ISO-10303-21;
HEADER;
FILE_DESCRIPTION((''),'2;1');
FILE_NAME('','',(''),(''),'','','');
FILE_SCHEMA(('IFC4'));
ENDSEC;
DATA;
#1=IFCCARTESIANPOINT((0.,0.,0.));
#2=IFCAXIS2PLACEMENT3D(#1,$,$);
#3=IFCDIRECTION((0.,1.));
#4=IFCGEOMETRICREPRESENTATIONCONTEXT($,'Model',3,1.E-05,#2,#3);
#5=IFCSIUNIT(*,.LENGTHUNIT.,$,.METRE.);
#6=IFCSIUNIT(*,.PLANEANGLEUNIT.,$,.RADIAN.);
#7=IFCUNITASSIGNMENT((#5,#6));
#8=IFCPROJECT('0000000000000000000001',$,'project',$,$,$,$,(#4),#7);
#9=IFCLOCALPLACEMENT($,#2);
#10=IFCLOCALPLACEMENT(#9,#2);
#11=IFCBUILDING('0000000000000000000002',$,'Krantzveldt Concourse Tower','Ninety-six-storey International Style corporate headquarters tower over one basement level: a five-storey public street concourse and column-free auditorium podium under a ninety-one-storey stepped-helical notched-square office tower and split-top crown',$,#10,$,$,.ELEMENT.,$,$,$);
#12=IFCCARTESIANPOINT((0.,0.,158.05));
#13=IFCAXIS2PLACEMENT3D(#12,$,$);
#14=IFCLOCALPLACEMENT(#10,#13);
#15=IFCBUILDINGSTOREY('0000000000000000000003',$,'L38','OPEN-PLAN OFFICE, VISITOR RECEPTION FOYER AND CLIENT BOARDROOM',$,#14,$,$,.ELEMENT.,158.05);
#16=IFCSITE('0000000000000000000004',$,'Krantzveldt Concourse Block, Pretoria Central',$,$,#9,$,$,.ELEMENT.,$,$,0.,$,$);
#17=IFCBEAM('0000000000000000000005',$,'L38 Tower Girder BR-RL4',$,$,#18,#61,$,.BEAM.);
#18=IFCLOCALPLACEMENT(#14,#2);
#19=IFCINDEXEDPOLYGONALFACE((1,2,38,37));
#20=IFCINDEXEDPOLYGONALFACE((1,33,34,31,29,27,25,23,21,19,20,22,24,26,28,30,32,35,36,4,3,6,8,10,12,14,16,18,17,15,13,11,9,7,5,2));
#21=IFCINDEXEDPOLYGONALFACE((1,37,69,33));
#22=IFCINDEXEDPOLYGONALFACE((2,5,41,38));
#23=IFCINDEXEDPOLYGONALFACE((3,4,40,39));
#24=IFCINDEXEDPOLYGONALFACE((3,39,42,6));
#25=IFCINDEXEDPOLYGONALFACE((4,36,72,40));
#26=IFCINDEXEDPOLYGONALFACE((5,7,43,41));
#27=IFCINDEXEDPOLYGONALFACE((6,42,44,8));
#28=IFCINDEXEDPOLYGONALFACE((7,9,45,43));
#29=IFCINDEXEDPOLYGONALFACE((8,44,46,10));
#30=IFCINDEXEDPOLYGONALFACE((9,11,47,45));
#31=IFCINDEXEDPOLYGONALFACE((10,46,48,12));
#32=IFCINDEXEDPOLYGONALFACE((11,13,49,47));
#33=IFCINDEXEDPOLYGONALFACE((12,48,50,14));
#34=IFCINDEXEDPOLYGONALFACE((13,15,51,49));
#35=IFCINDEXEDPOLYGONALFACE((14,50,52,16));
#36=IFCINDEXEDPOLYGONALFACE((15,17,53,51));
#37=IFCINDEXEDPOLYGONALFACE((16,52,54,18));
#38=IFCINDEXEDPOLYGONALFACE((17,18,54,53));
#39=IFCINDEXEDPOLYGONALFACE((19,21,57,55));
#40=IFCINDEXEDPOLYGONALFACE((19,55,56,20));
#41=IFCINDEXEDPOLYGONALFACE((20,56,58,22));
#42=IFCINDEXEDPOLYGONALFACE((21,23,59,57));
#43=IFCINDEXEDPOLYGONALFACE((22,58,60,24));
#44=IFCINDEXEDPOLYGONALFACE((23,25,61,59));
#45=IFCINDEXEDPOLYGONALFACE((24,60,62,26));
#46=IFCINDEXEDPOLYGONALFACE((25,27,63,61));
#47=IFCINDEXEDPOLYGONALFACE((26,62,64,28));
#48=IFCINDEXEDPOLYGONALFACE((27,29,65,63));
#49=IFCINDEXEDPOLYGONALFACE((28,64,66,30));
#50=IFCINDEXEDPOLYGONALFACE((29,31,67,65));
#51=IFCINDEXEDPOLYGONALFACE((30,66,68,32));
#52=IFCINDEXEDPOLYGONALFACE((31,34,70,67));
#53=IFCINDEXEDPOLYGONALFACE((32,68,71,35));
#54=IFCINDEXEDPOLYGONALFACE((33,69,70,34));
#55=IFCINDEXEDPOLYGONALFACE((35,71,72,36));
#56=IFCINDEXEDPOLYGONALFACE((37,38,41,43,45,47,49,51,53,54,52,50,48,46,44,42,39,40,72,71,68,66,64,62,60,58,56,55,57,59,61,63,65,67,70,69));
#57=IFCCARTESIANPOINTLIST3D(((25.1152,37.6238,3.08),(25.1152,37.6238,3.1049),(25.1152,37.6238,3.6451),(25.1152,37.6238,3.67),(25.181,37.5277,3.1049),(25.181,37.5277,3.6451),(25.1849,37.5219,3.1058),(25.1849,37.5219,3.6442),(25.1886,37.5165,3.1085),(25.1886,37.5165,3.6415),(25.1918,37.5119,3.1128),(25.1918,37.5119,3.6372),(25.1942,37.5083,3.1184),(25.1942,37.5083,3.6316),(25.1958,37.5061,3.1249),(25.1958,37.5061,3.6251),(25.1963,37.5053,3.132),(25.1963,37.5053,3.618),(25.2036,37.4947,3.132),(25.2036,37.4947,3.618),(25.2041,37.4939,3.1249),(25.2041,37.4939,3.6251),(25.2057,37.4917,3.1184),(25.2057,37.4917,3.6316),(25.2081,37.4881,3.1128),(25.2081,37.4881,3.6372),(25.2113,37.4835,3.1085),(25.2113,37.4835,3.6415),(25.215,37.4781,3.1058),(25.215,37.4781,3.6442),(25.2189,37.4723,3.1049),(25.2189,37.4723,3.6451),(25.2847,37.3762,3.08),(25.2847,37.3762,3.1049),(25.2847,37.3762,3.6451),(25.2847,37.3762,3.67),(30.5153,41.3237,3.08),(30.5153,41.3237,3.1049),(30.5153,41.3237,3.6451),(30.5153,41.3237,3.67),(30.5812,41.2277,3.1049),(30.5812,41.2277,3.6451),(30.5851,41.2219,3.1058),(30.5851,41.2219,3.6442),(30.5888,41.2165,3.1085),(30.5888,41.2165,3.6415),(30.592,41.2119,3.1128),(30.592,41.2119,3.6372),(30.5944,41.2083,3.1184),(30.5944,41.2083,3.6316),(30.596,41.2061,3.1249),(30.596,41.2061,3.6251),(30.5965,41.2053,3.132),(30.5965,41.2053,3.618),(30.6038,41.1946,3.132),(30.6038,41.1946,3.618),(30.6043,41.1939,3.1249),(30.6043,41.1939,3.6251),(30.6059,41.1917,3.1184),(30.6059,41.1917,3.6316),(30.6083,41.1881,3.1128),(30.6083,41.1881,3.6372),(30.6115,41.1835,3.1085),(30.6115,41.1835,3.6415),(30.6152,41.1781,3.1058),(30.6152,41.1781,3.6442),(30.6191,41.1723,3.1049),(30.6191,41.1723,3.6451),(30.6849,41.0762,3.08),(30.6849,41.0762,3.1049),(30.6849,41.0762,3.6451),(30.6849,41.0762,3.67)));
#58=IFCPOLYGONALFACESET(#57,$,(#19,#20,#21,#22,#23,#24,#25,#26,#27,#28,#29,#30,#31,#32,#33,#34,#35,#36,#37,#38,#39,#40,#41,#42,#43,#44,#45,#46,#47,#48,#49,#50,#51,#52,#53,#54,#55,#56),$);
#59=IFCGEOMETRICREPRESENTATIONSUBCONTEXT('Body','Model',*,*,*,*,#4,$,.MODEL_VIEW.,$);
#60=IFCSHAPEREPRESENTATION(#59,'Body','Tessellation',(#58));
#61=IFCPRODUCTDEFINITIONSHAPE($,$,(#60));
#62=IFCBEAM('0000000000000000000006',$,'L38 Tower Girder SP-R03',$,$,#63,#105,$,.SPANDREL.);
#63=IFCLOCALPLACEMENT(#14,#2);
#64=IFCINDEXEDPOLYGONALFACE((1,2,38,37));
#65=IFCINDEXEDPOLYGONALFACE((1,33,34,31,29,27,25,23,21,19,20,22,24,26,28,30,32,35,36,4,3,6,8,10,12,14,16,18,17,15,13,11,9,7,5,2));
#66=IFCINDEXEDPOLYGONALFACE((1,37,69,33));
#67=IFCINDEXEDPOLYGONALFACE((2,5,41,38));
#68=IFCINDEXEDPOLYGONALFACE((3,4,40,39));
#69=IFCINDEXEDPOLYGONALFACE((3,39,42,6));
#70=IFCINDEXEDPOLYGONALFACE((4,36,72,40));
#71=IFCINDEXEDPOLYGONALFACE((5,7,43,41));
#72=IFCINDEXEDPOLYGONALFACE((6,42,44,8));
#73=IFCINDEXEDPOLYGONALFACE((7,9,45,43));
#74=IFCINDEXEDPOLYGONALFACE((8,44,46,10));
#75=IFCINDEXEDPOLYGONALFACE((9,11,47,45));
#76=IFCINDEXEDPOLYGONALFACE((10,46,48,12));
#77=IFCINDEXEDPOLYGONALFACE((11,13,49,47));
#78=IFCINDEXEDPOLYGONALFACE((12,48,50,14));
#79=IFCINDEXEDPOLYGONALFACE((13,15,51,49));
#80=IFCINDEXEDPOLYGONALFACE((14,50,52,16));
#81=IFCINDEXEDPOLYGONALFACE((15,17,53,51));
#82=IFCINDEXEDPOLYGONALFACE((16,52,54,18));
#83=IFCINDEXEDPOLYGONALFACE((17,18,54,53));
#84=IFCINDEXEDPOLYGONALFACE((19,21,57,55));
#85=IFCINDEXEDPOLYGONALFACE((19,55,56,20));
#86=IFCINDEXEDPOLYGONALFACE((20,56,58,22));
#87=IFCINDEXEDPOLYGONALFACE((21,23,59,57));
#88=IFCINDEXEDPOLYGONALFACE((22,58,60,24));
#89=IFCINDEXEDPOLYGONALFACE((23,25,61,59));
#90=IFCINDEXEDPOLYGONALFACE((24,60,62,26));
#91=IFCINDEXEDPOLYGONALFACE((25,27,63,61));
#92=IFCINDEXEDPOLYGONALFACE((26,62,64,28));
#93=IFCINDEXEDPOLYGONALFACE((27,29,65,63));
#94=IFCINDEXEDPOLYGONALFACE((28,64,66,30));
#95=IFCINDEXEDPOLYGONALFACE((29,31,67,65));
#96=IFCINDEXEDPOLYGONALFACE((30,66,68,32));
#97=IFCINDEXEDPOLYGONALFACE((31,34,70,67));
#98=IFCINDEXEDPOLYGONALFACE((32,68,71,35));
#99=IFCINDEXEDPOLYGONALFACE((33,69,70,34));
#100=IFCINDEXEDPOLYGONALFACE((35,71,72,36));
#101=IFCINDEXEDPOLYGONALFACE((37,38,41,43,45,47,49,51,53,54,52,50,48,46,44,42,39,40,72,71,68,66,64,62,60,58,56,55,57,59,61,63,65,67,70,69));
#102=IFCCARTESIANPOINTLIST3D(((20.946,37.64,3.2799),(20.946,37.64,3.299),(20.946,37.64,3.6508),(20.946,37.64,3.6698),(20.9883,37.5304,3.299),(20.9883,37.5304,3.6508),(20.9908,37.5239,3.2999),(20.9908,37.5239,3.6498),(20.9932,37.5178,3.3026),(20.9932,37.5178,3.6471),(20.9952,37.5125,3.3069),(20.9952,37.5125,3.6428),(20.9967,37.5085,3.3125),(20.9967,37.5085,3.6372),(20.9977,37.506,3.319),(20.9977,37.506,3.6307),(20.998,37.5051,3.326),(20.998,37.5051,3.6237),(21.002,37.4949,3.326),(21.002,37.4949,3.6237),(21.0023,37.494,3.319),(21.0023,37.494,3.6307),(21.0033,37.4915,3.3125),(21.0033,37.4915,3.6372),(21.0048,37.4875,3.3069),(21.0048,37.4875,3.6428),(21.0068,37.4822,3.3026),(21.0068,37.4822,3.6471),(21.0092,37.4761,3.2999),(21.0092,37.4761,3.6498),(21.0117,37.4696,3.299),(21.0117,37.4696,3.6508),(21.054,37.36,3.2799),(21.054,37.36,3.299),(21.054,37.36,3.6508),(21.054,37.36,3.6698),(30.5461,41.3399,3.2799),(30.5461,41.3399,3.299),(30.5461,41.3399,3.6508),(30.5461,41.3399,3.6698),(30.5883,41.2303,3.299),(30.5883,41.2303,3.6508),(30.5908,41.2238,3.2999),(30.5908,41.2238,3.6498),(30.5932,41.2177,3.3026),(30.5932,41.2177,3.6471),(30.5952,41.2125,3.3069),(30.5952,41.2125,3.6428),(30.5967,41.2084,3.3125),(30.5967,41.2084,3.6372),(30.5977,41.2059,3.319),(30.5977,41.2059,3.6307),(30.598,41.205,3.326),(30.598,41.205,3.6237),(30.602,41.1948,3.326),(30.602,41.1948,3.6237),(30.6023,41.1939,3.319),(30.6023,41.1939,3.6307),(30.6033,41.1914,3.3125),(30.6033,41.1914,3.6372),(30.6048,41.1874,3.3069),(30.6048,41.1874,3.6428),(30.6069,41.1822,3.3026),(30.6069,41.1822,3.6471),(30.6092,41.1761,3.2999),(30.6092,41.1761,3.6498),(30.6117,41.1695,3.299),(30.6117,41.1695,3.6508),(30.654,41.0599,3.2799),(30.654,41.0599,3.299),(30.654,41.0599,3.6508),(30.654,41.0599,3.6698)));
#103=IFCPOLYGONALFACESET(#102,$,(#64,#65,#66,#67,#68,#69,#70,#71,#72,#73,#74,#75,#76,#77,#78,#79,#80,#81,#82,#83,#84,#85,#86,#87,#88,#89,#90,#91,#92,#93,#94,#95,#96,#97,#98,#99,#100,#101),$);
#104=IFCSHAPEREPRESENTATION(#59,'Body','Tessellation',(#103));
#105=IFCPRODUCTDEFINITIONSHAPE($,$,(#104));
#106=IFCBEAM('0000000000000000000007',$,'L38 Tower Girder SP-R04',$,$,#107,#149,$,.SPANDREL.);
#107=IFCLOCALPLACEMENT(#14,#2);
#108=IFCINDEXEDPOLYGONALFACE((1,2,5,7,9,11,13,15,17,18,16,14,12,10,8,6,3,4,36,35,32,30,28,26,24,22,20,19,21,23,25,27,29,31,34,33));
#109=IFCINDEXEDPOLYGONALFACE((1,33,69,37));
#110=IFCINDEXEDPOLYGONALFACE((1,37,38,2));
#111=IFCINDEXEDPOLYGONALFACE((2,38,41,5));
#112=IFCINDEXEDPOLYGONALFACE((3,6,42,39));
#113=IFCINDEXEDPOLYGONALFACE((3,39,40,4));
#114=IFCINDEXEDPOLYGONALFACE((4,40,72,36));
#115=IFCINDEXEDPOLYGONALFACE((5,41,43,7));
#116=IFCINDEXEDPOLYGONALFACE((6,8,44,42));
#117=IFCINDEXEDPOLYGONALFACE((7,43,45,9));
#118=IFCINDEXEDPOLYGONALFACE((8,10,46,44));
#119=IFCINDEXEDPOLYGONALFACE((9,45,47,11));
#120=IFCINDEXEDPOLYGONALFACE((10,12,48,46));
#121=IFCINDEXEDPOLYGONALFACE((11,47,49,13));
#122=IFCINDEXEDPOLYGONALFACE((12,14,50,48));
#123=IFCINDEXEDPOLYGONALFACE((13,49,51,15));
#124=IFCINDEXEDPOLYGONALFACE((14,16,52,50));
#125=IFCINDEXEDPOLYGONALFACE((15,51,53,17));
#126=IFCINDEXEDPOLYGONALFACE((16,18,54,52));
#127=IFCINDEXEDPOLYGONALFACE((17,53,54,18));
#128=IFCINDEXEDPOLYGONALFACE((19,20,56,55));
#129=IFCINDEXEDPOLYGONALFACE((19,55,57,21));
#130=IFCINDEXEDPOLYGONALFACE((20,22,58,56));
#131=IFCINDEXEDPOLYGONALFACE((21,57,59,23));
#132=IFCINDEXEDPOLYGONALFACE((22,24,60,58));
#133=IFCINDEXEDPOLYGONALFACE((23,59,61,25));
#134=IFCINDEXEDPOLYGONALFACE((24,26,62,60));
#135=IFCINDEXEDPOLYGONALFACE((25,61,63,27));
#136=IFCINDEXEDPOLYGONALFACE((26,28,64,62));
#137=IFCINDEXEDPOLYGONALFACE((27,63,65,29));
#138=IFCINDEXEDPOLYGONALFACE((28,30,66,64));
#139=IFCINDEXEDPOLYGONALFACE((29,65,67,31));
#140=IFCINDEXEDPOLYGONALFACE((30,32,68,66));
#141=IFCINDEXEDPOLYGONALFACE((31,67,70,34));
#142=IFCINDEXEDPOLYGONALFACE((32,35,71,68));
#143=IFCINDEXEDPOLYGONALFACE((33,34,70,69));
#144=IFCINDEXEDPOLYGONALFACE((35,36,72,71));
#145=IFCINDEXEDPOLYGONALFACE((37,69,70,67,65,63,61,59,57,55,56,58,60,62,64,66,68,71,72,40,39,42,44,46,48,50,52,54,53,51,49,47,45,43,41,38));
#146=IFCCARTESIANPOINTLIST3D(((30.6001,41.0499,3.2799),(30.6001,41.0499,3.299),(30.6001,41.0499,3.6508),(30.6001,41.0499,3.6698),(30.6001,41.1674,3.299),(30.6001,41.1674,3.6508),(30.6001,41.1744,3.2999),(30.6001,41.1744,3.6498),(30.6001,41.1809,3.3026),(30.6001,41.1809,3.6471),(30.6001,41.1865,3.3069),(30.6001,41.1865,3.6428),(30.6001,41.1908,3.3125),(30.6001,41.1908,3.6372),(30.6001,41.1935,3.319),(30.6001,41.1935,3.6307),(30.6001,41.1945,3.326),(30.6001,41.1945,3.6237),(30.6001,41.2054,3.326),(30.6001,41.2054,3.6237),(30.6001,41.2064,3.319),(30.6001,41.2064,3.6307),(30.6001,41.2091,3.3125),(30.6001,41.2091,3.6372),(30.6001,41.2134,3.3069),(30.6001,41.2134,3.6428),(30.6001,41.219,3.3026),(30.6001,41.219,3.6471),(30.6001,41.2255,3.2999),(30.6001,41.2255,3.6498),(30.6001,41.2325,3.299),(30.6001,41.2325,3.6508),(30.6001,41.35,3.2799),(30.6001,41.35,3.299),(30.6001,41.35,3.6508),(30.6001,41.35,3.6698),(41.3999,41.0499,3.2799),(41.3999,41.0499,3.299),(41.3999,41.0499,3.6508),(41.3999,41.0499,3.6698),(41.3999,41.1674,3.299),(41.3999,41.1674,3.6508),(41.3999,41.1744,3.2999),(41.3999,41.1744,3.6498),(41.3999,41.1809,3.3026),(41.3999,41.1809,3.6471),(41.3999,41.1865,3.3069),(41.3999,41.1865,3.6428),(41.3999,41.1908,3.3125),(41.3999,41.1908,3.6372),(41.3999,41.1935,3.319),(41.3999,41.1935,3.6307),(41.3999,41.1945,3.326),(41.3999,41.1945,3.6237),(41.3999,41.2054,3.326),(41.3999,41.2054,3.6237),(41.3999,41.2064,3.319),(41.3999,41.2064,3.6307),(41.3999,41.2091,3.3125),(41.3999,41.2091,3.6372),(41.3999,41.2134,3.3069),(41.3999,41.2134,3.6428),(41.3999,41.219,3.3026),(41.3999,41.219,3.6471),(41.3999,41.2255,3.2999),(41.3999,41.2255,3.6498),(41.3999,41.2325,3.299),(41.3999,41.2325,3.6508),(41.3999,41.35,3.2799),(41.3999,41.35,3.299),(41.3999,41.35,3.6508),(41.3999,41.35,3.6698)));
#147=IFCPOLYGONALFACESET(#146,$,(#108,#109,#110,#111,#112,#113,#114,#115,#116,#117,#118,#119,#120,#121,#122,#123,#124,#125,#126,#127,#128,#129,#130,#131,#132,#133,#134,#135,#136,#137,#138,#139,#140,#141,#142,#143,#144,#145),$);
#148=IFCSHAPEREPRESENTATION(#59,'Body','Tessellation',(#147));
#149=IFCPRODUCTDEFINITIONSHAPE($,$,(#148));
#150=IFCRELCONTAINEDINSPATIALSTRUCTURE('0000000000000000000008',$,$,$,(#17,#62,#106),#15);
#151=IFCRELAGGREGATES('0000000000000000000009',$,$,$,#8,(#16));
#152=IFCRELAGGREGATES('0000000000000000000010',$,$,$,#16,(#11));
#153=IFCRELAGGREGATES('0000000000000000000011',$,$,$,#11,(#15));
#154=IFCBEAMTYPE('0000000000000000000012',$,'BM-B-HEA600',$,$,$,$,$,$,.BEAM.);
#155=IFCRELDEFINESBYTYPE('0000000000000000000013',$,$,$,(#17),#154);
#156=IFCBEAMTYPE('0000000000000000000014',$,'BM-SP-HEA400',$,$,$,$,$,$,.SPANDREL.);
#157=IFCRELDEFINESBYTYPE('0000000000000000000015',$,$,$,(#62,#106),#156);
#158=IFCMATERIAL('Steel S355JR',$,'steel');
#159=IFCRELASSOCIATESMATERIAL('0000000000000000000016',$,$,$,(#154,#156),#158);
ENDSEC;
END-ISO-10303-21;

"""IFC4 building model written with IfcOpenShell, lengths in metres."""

from ifc_helpers import new_model, si_unit, direction, frame, origin, origin_2d, place, context, subcontext, project, spatial, i_section, extrude, source, transform, mapped, material, material_profile, profile_set, type_object, type_shapes, element, save


model = new_model("IFC4")

# Units and contexts
model_context = context("Model", 3, precision=1e-05, world=origin(), true_north=direction((0.0, 1.0)))
body_context = subcontext(model_context, "Body", "Model", "MODEL_VIEW")
ifc_project = project(units=[si_unit("LENGTHUNIT", "METRE"), si_unit("PLANEANGLEUNIT", "RADIAN")], contexts=[model_context])

# Site, building, storey
site_placement = place(None, origin())
site = spatial("IfcSite", under=ifc_project, at=site_placement, Name="Krantzveldt Concourse Block, Pretoria Central", CompositionType="ELEMENT", RefElevation=0.0)
building_placement = place(site_placement, origin())
building = spatial("IfcBuilding", under=site, at=building_placement, Name="Krantzveldt Concourse Tower", Description="Ninety-six-storey International Style corporate headquarters tower over one basement level: a five-storey public street concourse and column-free auditorium podium under a ninety-one-storey stepped-helical notched-square office tower and split-top crown", CompositionType="ELEMENT")
storey_placement = place(building_placement, frame((0.0, 0.0, 158.05)))
storey = spatial("IfcBuildingStorey", under=building, at=storey_placement, Name="L38", Description="OPEN-PLAN OFFICE, VISITOR RECEPTION FOYER AND CLIENT BOARDROOM", CompositionType="ELEMENT", Elevation=158.05)

# Beams
ifc_material_1 = material(Name="Steel S355JR", Category="steel")
ifc_material_profile_1 = material_profile(ifc_material_1, i_section(OverallWidth=0.3, OverallDepth=0.5901, WebThickness=0.0129, FlangeThickness=0.0249, FilletRadius=0.0271, at=origin_2d()), Name="Steel S355JR", Category="steel")
ifc_profile_set_1 = profile_set([ifc_material_profile_1], Name="Steel S355JR - HEA 600")
beam_type_1 = type_object("IfcBeamType", Name="BM-B-HEA600", PredefinedType="BEAM", material=ifc_profile_set_1)
shared_shape_1 = source(origin(), body_context, "Body", "SweptSolid", [
    extrude(i_section(OverallWidth=0.3, OverallDepth=0.5901, WebThickness=0.0129, FlangeThickness=0.0249, FilletRadius=0.0271, at=origin_2d()), origin(), (0.0, 0.0, 1.0), 6.5461),
])
beam_1_placement = place(storey_placement, frame((25.2, 37.5, 3.375), z_axis=(0.824943, 0.565216, 0.0), x_axis=(-0.565216, 0.824943, 0.0)))
element("IfcBeam", 1, at=beam_1_placement, inside=storey, type_object=beam_type_1, Name="L38 Tower Girder BR-RL4", PredefinedType="BEAM", context=body_context, shape_type="MappedRepresentation", body=[
    mapped(shared_shape_1, transform((0.0, 0.0, 0.0), x_axis=(1.0, 0.0, 0.0), y_axis=(0.0, 1.0, 0.0), z_axis=(0.0, 0.0, 1.0), scale=1.0)),
])
ifc_material_profile_2 = material_profile(ifc_material_1, i_section(OverallWidth=0.3, OverallDepth=0.3899, WebThickness=0.011, FlangeThickness=0.019, FilletRadius=0.0271, at=origin_2d()), Name="Steel S355JR", Category="steel")
ifc_profile_set_2 = profile_set([ifc_material_profile_2], Name="Steel S355JR - HEA 400")
beam_type_2 = type_object("IfcBeamType", Name="BM-SP-HEA400", PredefinedType="SPANDREL", material=ifc_profile_set_2)
shared_shape_2 = source(origin(), body_context, "Body", "SweptSolid", [
    extrude(i_section(OverallWidth=0.3, OverallDepth=0.3899, WebThickness=0.011, FlangeThickness=0.019, FilletRadius=0.0271, at=origin_2d()), origin(), (0.0, 0.0, 1.0), 10.2883),
])
beam_2_placement = place(storey_placement, frame((21.0, 37.5, 3.4749), z_axis=(0.933098, 0.359623, 0.0), x_axis=(-0.359623, 0.933098, 0.0)))
element("IfcBeam", 2, at=beam_2_placement, inside=storey, type_object=beam_type_2, Name="L38 Tower Girder SP-R03", PredefinedType="SPANDREL", context=body_context, shape_type="MappedRepresentation", body=[
    mapped(shared_shape_2, transform((0.0, 0.0, 0.0), x_axis=(1.0, 0.0, 0.0), y_axis=(0.0, 1.0, 0.0), z_axis=(0.0, 0.0, 1.0), scale=1.0)),
])
shared_shape_3 = source(origin(), body_context, "Body", "SweptSolid", [
    extrude(i_section(OverallWidth=0.3, OverallDepth=0.3899, WebThickness=0.011, FlangeThickness=0.019, FilletRadius=0.0271, at=origin_2d()), origin(), (0.0, 0.0, 1.0), 10.7998),
])
type_shapes(beam_type_2, [shared_shape_2, shared_shape_3])
beam_3_placement = place(storey_placement, frame((30.6001, 41.2, 3.4749), z_axis=(1.0, 0.0, 0.0), x_axis=(0.0, 1.0, 0.0)))
element("IfcBeam", 3, at=beam_3_placement, inside=storey, type_object=beam_type_2, Name="L38 Tower Girder SP-R04", PredefinedType="SPANDREL", context=body_context, shape_type="MappedRepresentation", body=[
    mapped(shared_shape_3, transform((0.0, 0.0, 0.0), x_axis=(1.0, 0.0, 0.0), y_axis=(0.0, 1.0, 0.0), z_axis=(0.0, 0.0, 1.0), scale=1.0)),
])

save(model, "model.ifc")
